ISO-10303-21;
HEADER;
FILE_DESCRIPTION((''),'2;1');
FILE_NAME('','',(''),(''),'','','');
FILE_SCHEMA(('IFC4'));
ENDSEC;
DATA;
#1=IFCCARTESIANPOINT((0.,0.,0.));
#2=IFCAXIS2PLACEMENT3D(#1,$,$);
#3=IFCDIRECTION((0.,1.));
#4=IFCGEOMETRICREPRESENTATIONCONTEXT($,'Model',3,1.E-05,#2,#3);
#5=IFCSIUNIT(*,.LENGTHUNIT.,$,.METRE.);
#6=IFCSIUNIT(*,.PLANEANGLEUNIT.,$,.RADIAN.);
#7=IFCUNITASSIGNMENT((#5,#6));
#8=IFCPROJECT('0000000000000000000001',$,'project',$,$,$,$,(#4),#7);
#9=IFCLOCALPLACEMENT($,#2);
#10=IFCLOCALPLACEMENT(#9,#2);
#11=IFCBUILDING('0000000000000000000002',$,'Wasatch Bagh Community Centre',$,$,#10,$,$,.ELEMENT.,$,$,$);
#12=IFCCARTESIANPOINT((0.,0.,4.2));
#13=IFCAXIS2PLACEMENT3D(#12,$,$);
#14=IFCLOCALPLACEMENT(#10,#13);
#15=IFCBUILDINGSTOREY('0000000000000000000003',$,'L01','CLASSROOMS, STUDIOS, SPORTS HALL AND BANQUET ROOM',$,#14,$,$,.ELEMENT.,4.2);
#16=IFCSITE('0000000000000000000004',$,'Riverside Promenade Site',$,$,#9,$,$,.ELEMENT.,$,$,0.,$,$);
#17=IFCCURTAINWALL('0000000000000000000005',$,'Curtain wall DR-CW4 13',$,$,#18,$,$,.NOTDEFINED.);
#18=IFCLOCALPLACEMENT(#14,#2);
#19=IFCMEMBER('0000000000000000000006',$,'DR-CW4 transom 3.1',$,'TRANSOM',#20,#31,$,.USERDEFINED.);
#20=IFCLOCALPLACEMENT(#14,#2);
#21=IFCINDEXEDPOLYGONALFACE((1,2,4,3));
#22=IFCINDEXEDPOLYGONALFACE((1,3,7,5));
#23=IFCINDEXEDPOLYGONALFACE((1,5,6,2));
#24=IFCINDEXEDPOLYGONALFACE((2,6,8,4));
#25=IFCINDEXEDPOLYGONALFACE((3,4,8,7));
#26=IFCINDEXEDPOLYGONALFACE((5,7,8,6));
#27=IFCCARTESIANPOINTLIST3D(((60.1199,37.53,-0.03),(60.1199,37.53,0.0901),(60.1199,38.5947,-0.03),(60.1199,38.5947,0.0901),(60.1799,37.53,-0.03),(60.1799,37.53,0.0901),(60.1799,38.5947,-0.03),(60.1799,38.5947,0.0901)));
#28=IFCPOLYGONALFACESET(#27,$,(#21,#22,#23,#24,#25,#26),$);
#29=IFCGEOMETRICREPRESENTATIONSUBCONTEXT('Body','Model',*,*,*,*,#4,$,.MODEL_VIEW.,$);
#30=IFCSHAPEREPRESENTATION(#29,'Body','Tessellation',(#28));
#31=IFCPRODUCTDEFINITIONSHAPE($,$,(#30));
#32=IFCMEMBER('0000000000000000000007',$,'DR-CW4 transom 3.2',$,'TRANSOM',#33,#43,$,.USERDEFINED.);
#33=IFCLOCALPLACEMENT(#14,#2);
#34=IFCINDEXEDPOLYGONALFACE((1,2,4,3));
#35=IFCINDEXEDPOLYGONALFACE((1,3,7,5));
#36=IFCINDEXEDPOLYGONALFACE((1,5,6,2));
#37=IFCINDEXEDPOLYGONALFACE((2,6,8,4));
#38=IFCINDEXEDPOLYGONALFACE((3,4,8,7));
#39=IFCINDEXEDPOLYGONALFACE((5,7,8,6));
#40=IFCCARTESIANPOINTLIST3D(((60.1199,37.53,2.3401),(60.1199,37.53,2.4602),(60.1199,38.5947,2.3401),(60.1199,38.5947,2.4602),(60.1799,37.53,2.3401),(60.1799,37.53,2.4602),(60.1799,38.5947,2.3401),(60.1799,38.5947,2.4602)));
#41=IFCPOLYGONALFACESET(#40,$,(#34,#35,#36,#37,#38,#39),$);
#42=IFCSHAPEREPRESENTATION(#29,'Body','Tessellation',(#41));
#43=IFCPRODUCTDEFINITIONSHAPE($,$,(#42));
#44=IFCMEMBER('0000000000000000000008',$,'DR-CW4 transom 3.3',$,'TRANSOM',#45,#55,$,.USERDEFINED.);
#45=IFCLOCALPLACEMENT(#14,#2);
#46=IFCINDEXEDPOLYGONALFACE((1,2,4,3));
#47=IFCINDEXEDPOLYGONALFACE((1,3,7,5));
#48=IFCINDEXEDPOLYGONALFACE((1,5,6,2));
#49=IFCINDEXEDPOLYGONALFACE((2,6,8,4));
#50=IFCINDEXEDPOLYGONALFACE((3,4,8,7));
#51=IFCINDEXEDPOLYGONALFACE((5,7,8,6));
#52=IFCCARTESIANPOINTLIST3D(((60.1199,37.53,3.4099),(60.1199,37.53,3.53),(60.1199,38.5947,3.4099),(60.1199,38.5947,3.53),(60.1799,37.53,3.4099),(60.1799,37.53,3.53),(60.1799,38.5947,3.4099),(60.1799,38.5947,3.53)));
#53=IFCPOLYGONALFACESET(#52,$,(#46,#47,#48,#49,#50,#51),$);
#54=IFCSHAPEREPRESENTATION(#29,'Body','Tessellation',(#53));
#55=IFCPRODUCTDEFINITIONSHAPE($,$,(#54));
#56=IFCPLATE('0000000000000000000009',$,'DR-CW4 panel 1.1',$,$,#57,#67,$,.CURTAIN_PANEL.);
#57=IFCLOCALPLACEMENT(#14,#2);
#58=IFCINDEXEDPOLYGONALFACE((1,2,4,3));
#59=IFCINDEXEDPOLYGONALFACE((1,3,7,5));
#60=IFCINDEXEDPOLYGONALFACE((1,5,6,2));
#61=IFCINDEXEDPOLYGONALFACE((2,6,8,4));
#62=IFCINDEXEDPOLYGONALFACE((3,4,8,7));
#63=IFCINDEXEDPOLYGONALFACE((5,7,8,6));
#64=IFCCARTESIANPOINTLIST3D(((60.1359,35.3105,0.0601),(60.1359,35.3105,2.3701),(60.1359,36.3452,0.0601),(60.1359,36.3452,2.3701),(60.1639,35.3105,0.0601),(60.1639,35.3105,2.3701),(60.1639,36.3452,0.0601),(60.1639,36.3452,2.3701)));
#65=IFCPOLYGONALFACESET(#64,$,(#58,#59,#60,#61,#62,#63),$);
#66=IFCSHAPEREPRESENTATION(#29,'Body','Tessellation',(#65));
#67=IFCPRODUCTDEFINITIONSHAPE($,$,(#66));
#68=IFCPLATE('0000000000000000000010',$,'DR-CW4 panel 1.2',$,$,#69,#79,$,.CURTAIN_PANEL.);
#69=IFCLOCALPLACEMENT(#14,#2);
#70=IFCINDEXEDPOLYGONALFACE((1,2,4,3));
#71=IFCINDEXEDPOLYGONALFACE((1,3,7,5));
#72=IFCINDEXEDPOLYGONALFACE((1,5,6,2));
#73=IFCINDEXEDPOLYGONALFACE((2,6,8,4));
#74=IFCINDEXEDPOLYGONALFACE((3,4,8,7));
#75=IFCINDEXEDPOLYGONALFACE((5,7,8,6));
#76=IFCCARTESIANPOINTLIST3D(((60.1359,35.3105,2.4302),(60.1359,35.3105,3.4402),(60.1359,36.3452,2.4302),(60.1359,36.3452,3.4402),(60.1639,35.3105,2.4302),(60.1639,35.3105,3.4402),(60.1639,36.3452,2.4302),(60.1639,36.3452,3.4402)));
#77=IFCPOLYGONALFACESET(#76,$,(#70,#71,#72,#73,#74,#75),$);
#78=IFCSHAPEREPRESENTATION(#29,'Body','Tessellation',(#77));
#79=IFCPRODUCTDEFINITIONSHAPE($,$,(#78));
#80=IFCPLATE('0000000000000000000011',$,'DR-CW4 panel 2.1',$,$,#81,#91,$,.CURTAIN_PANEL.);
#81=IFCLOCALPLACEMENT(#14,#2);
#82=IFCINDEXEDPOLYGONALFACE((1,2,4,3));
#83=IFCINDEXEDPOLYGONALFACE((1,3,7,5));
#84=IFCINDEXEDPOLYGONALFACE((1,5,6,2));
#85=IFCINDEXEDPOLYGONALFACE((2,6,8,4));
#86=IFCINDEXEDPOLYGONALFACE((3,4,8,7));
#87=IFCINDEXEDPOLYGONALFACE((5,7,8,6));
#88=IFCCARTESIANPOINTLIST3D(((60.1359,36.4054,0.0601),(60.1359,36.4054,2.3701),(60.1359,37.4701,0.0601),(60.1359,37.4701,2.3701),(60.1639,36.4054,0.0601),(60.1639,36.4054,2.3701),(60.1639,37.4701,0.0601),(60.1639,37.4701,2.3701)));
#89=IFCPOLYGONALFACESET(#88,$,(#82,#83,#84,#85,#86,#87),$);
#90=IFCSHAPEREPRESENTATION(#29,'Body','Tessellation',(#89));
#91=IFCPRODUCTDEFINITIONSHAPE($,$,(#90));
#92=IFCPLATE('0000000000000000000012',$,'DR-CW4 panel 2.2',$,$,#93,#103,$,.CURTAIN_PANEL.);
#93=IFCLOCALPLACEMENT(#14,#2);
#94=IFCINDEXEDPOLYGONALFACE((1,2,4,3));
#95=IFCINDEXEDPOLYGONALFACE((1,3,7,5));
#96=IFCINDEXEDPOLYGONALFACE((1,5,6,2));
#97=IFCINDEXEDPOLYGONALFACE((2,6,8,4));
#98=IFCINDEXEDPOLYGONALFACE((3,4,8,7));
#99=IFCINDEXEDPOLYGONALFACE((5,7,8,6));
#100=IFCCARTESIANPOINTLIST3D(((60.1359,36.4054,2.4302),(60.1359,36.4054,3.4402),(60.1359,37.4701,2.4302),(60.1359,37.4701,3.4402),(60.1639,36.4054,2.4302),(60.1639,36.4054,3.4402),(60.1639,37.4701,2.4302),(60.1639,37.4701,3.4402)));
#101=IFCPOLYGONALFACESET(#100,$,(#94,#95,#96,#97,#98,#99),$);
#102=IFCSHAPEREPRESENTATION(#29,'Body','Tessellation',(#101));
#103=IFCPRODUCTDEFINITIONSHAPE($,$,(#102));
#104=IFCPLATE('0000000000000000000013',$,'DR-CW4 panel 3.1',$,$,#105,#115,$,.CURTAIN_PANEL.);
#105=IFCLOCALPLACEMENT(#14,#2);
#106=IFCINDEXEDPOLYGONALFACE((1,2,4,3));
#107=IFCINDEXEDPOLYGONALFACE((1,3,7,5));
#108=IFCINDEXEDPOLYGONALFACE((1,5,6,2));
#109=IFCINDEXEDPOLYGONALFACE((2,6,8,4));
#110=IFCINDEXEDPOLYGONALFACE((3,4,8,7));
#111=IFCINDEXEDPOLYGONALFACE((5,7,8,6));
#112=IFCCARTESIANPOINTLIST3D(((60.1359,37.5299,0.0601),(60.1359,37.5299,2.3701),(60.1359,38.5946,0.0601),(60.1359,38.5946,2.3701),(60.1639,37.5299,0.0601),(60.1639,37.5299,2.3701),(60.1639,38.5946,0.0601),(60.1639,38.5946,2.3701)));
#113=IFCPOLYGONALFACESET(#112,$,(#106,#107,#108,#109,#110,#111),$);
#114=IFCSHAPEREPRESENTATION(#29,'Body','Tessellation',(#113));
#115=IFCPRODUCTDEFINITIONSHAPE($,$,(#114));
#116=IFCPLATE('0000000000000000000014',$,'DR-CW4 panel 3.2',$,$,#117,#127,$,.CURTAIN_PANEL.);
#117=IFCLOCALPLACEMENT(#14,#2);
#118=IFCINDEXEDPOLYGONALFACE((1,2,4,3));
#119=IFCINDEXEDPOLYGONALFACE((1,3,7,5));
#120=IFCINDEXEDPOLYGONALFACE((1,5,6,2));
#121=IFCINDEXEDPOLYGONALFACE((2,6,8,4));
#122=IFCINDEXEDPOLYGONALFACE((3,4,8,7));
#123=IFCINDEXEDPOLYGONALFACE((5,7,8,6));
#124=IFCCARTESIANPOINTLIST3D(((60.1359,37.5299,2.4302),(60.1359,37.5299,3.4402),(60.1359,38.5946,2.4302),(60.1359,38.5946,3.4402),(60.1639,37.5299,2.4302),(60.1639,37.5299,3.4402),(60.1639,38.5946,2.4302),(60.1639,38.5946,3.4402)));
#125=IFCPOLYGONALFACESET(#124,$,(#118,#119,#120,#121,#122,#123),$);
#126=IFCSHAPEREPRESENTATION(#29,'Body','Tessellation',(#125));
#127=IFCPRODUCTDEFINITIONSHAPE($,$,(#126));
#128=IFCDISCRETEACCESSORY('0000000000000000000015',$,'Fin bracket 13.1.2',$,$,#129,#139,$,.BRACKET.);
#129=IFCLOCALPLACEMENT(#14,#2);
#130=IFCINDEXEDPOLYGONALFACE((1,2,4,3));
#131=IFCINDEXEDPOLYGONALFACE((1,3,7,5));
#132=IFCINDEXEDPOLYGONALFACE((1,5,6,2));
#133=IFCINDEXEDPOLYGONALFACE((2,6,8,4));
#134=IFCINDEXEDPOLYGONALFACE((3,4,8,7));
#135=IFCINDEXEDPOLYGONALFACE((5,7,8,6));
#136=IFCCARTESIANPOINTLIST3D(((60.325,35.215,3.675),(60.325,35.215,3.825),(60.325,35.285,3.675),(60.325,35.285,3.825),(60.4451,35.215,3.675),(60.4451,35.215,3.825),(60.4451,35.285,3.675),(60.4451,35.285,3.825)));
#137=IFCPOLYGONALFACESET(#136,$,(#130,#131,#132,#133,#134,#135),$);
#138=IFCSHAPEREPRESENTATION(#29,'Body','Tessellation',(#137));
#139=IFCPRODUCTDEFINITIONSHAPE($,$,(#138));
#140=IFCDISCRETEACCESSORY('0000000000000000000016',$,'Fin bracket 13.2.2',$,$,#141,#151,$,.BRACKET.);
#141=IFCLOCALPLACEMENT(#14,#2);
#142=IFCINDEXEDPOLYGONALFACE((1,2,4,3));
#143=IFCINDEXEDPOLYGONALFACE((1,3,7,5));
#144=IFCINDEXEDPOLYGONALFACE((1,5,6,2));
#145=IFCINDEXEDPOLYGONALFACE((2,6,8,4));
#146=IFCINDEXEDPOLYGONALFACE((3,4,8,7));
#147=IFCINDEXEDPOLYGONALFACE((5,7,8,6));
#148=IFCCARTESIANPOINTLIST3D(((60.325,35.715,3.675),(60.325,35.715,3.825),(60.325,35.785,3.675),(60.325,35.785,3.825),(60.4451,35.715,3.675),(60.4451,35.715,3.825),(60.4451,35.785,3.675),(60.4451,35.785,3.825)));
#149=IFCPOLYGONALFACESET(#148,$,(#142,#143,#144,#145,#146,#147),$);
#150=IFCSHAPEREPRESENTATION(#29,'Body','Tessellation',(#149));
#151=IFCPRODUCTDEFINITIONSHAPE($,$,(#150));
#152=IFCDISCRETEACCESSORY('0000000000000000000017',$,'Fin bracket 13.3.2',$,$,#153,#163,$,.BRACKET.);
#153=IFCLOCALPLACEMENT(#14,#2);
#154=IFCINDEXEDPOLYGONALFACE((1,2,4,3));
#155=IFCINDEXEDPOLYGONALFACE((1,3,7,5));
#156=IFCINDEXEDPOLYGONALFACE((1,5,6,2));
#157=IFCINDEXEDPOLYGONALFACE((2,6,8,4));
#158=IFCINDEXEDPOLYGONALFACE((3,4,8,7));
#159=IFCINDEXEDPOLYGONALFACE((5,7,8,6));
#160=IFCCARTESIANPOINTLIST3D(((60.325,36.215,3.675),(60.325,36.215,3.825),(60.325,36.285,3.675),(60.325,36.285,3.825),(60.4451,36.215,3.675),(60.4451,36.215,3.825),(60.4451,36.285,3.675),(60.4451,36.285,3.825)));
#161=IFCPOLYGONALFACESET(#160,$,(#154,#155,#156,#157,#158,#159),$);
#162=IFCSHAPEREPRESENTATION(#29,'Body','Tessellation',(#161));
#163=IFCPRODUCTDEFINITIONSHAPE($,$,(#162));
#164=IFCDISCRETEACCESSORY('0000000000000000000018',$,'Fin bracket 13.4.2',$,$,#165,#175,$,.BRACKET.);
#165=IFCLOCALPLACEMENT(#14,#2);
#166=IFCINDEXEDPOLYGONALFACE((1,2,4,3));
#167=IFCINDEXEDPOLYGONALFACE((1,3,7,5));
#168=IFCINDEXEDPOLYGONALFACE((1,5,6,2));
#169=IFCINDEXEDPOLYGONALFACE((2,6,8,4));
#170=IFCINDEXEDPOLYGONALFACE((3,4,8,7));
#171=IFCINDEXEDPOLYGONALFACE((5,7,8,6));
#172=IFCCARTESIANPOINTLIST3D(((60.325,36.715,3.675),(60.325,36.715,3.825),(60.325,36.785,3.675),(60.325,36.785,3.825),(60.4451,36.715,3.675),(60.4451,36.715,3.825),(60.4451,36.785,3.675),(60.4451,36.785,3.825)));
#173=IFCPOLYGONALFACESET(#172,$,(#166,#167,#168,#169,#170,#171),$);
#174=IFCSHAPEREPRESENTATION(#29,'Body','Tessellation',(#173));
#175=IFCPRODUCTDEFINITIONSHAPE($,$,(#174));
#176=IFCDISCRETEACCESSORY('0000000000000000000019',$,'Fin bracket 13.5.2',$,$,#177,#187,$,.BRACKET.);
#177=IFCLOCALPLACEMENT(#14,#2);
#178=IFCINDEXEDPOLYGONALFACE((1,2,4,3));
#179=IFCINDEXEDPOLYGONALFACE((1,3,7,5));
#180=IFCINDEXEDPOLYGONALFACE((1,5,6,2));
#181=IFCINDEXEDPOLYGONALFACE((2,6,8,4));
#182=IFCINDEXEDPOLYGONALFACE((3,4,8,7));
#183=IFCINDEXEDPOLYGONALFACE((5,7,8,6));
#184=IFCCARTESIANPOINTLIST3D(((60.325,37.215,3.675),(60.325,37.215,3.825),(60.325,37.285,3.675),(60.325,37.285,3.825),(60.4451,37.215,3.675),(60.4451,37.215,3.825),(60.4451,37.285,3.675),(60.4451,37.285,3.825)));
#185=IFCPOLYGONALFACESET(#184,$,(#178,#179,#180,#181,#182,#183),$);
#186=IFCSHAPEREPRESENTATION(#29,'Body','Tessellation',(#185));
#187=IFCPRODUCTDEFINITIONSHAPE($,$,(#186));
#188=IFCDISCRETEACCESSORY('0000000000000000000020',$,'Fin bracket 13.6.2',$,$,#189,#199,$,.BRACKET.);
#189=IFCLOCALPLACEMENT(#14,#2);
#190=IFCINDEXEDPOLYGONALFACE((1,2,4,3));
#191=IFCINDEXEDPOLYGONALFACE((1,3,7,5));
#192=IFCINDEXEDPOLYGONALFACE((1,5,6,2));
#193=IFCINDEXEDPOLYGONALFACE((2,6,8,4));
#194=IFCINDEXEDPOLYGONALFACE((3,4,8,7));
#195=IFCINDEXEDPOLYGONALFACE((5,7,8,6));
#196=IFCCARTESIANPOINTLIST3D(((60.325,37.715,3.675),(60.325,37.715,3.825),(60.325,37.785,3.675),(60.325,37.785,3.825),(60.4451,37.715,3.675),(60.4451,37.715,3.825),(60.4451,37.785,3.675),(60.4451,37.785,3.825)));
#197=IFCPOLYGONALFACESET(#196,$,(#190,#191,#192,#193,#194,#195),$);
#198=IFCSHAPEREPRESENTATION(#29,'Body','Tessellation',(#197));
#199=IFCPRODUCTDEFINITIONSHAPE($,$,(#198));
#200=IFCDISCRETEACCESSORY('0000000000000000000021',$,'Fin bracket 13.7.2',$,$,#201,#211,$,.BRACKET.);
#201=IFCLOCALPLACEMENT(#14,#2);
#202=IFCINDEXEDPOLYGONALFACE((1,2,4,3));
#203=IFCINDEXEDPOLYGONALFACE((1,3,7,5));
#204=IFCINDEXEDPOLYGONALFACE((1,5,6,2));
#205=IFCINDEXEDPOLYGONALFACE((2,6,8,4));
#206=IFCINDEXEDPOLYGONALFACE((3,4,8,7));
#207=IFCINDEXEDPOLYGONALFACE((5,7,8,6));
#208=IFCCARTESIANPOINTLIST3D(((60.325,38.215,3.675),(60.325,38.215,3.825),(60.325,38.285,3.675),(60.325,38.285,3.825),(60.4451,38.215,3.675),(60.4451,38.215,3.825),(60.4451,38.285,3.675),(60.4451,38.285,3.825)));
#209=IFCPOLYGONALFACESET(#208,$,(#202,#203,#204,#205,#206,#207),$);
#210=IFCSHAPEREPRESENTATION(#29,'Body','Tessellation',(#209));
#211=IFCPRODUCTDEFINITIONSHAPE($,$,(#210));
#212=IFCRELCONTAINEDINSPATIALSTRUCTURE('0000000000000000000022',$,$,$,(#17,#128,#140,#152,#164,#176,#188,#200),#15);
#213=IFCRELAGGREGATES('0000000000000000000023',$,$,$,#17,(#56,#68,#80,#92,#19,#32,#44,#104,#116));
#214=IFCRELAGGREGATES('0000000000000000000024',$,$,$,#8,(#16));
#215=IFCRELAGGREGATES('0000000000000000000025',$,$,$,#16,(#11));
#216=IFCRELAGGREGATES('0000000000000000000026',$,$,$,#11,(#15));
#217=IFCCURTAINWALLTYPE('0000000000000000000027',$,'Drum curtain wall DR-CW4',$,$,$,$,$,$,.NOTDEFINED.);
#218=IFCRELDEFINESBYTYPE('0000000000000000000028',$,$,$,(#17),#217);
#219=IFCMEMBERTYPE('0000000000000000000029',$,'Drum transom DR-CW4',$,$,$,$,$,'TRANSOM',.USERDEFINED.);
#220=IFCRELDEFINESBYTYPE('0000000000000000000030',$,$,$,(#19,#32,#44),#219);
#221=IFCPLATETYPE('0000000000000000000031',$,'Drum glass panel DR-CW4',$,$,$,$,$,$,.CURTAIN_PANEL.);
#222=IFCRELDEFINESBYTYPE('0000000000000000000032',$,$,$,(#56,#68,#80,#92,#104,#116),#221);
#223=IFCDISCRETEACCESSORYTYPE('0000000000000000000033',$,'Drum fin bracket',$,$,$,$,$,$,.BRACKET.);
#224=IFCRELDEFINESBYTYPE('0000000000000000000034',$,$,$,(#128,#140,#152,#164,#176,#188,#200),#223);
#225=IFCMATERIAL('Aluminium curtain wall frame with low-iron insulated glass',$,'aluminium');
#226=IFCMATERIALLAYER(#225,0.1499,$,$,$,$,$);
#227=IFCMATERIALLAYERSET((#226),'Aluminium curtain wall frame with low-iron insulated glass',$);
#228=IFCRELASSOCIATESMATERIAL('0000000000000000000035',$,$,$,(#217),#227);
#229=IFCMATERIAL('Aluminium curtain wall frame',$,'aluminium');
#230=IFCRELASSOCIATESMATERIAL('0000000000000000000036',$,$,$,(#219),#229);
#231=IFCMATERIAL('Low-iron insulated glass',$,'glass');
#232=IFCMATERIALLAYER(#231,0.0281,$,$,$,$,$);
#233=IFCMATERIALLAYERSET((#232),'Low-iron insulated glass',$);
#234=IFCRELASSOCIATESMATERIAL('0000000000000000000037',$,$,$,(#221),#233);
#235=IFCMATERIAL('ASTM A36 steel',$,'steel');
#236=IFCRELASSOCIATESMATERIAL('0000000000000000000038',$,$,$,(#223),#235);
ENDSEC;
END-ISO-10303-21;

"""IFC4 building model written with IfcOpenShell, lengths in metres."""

from ifc_helpers import new_model, si_unit, direction, frame, origin, origin_2d, place, context, subcontext, project, spatial, rectangle, extrude, material, layer, layer_set, material_profile, profile_set, type_object, element, aggregate, save


model = new_model("IFC4")

# Units and contexts
model_context = context("Model", 3, precision=1e-05, world=origin(), true_north=direction((0.0, 1.0)))
body_context = subcontext(model_context, "Body", "Model", "MODEL_VIEW")
ifc_project = project(units=[si_unit("LENGTHUNIT", "METRE"), si_unit("PLANEANGLEUNIT", "RADIAN")], contexts=[model_context])

# Site, building, storey
site_placement = place(None, origin())
site = spatial("IfcSite", under=ifc_project, at=site_placement, Name="Riverside Promenade Site", CompositionType="ELEMENT", RefElevation=0.0)
building_placement = place(site_placement, origin())
building = spatial("IfcBuilding", under=site, at=building_placement, Name="Wasatch Bagh Community Centre", CompositionType="ELEMENT")
storey_placement = place(building_placement, frame((0.0, 0.0, 4.2)))
storey = spatial("IfcBuildingStorey", under=building, at=storey_placement, Name="L01", Description="CLASSROOMS, STUDIOS, SPORTS HALL AND BANQUET ROOM", CompositionType="ELEMENT", Elevation=4.2)

# Shared definitions
ifc_material_1 = material(Name="Aluminium curtain wall frame with low-iron insulated glass", Category="aluminium")
ifc_material_2 = material(Name="Aluminium curtain wall frame", Category="aluminium")

# Curtain wall
ifc_layer_1 = layer(ifc_material_1, 0.1499)
ifc_layer_set_1 = layer_set([ifc_layer_1], Name="Aluminium curtain wall frame with low-iron insulated glass")
curtain_wall_type_1 = type_object("IfcCurtainWallType", Name="Drum curtain wall DR-CW4", PredefinedType="NOTDEFINED", material=ifc_layer_set_1)
curtain_wall_1_placement = place(storey_placement, origin())
curtain_wall_1 = element("IfcCurtainWall", 1, at=curtain_wall_1_placement, inside=storey, type_object=curtain_wall_type_1, Name="Curtain wall DR-CW4 13", PredefinedType="NOTDEFINED")

# Members
ifc_material_profile_1 = material_profile(ifc_material_2, rectangle(XDim=0.0601, YDim=0.1201, at=origin_2d()), Name="Drum transom DR-CW4")
ifc_profile_set_1 = profile_set([ifc_material_profile_1], Name="Aluminium curtain wall frame")
member_type_1 = type_object("IfcMemberType", Name="Drum transom DR-CW4", ElementType="TRANSOM", PredefinedType="USERDEFINED", material=ifc_profile_set_1)
member_1_placement = place(storey_placement, frame((60.1499, 37.53, 0.03), z_axis=(0.0, 1.0, 0.0), x_axis=(-1.0, 0.0, 0.0)))
member_1 = element("IfcMember", 2, at=member_1_placement, type_object=member_type_1, Name="DR-CW4 transom 3.1", ObjectType="TRANSOM", PredefinedType="USERDEFINED", context=body_context, shape_type="SweptSolid", body=[
    extrude(rectangle(XDim=0.0601, YDim=0.1201, at=origin_2d()), origin(), (0.0, 0.0, 1.0), 1.0647),
])
member_2_placement = place(storey_placement, frame((60.1499, 37.53, 2.4001), z_axis=(0.0, 1.0, 0.0), x_axis=(-1.0, 0.0, 0.0)))
member_2 = element("IfcMember", 3, at=member_2_placement, type_object=member_type_1, Name="DR-CW4 transom 3.2", ObjectType="TRANSOM", PredefinedType="USERDEFINED", context=body_context, shape_type="SweptSolid", body=[
    extrude(rectangle(XDim=0.0601, YDim=0.1201, at=origin_2d()), origin(), (0.0, 0.0, 1.0), 1.0647),
])
member_3_placement = place(storey_placement, frame((60.1499, 37.53, 3.47), z_axis=(0.0, 1.0, 0.0), x_axis=(-1.0, 0.0, 0.0)))
member_3 = element("IfcMember", 4, at=member_3_placement, type_object=member_type_1, Name="DR-CW4 transom 3.3", ObjectType="TRANSOM", PredefinedType="USERDEFINED", context=body_context, shape_type="SweptSolid", body=[
    extrude(rectangle(XDim=0.0601, YDim=0.1201, at=origin_2d()), origin(), (0.0, 0.0, 1.0), 1.0647),
])

# Plates
ifc_material_3 = material(Name="Low-iron insulated glass", Category="glass")
ifc_layer_2 = layer(ifc_material_3, 0.0281)
ifc_layer_set_2 = layer_set([ifc_layer_2], Name="Low-iron insulated glass")
plate_type = type_object("IfcPlateType", Name="Drum glass panel DR-CW4", PredefinedType="CURTAIN_PANEL", material=ifc_layer_set_2)
plate_1_placement = place(storey_placement, frame((60.1499, 35.8279, 0.0601), z_axis=(0.0, 0.0, 1.0), x_axis=(0.0, 1.0, 0.0)))
plate_1 = element("IfcPlate", 5, at=plate_1_placement, type_object=plate_type, Name="DR-CW4 panel 1.1", PredefinedType="CURTAIN_PANEL", context=body_context, shape_type="SweptSolid", body=[
    extrude(rectangle(XDim=1.0347, YDim=0.0281, at=origin_2d()), origin(), (0.0, 0.0, 1.0), 2.3101),
])
plate_2_placement = place(storey_placement, frame((60.1499, 35.8279, 2.4302), z_axis=(0.0, 0.0, 1.0), x_axis=(0.0, 1.0, 0.0)))
plate_2 = element("IfcPlate", 6, at=plate_2_placement, type_object=plate_type, Name="DR-CW4 panel 1.2", PredefinedType="CURTAIN_PANEL", context=body_context, shape_type="SweptSolid", body=[
    extrude(rectangle(XDim=1.0347, YDim=0.0281, at=origin_2d()), origin(), (0.0, 0.0, 1.0), 1.01),
])
plate_3_placement = place(storey_placement, frame((60.1499, 36.9377, 0.0601), z_axis=(0.0, 0.0, 1.0), x_axis=(0.0, 1.0, 0.0)))
plate_3 = element("IfcPlate", 7, at=plate_3_placement, type_object=plate_type, Name="DR-CW4 panel 2.1", PredefinedType="CURTAIN_PANEL", context=body_context, shape_type="SweptSolid", body=[
    extrude(rectangle(XDim=1.0647, YDim=0.0281, at=origin_2d()), origin(), (0.0, 0.0, 1.0), 2.3101),
])
plate_4_placement = place(storey_placement, frame((60.1499, 36.9377, 2.4302), z_axis=(0.0, 0.0, 1.0), x_axis=(0.0, 1.0, 0.0)))
plate_4 = element("IfcPlate", 8, at=plate_4_placement, type_object=plate_type, Name="DR-CW4 panel 2.2", PredefinedType="CURTAIN_PANEL", context=body_context, shape_type="SweptSolid", body=[
    extrude(rectangle(XDim=1.0647, YDim=0.0281, at=origin_2d()), origin(), (0.0, 0.0, 1.0), 1.01),
])
plate_5_placement = place(storey_placement, frame((60.1499, 38.0623, 0.0601), z_axis=(0.0, 0.0, 1.0), x_axis=(0.0, 1.0, 0.0)))
plate_5 = element("IfcPlate", 9, at=plate_5_placement, type_object=plate_type, Name="DR-CW4 panel 3.1", PredefinedType="CURTAIN_PANEL", context=body_context, shape_type="SweptSolid", body=[
    extrude(rectangle(XDim=1.0647, YDim=0.0281, at=origin_2d()), origin(), (0.0, 0.0, 1.0), 2.3101),
])
plate_6_placement = place(storey_placement, frame((60.1499, 38.0623, 2.4302), z_axis=(0.0, 0.0, 1.0), x_axis=(0.0, 1.0, 0.0)))
plate_6 = element("IfcPlate", 10, at=plate_6_placement, type_object=plate_type, Name="DR-CW4 panel 3.2", PredefinedType="CURTAIN_PANEL", context=body_context, shape_type="SweptSolid", body=[
    extrude(rectangle(XDim=1.0647, YDim=0.0281, at=origin_2d()), origin(), (0.0, 0.0, 1.0), 1.01),
])
aggregate(curtain_wall_1, [plate_1, plate_2, plate_3, plate_4, member_1, member_2, member_3, plate_5, plate_6])

# Discrete accessories
ifc_material_4 = material(Name="ASTM A36 steel", Category="steel")
discrete_accessory_type = type_object("IfcDiscreteAccessoryType", Name="Drum fin bracket", PredefinedType="BRACKET", material=ifc_material_4)
for number, where, z_axis, x_axis, name in (
    (11, (60.385, 35.25, 3.675), (0.0, 0.0, 1.0), (0.0, 1.0, 0.0), "Fin bracket 13.1.2"),
    (12, (60.385, 35.75, 3.675), (0.0, 0.0, 1.0), (0.0, 1.0, 0.0), "Fin bracket 13.2.2"),
    (13, (60.385, 36.25, 3.675), (0.0, 0.0, 1.0), (0.0, 1.0, 0.0), "Fin bracket 13.3.2"),
    (14, (60.385, 36.75, 3.675), (0.0, 0.0, 1.0), (0.0, 1.0, 0.0), "Fin bracket 13.4.2"),
    (15, (60.385, 37.25, 3.675), (0.0, 0.0, 1.0), (0.0, 1.0, 0.0), "Fin bracket 13.5.2"),
    (16, (60.385, 37.75, 3.675), (0.0, 0.0, 1.0), (0.0, 1.0, 0.0), "Fin bracket 13.6.2"),
    (17, (60.385, 38.25, 3.675), (0.0, 0.0, 1.0), (0.0, 1.0, 0.0), "Fin bracket 13.7.2"),
):
    element("IfcDiscreteAccessory", number, at=place(storey_placement, frame(where, z_axis=z_axis, x_axis=x_axis)), inside=storey, type_object=discrete_accessory_type, Name=name, PredefinedType="BRACKET", context=body_context, shape_type="SweptSolid", body=[
        extrude(rectangle(XDim=0.0701, YDim=0.1201, at=origin_2d()), origin(), (0.0, 0.0, 1.0), 0.1499),
    ])

save(model, "model.ifc")
